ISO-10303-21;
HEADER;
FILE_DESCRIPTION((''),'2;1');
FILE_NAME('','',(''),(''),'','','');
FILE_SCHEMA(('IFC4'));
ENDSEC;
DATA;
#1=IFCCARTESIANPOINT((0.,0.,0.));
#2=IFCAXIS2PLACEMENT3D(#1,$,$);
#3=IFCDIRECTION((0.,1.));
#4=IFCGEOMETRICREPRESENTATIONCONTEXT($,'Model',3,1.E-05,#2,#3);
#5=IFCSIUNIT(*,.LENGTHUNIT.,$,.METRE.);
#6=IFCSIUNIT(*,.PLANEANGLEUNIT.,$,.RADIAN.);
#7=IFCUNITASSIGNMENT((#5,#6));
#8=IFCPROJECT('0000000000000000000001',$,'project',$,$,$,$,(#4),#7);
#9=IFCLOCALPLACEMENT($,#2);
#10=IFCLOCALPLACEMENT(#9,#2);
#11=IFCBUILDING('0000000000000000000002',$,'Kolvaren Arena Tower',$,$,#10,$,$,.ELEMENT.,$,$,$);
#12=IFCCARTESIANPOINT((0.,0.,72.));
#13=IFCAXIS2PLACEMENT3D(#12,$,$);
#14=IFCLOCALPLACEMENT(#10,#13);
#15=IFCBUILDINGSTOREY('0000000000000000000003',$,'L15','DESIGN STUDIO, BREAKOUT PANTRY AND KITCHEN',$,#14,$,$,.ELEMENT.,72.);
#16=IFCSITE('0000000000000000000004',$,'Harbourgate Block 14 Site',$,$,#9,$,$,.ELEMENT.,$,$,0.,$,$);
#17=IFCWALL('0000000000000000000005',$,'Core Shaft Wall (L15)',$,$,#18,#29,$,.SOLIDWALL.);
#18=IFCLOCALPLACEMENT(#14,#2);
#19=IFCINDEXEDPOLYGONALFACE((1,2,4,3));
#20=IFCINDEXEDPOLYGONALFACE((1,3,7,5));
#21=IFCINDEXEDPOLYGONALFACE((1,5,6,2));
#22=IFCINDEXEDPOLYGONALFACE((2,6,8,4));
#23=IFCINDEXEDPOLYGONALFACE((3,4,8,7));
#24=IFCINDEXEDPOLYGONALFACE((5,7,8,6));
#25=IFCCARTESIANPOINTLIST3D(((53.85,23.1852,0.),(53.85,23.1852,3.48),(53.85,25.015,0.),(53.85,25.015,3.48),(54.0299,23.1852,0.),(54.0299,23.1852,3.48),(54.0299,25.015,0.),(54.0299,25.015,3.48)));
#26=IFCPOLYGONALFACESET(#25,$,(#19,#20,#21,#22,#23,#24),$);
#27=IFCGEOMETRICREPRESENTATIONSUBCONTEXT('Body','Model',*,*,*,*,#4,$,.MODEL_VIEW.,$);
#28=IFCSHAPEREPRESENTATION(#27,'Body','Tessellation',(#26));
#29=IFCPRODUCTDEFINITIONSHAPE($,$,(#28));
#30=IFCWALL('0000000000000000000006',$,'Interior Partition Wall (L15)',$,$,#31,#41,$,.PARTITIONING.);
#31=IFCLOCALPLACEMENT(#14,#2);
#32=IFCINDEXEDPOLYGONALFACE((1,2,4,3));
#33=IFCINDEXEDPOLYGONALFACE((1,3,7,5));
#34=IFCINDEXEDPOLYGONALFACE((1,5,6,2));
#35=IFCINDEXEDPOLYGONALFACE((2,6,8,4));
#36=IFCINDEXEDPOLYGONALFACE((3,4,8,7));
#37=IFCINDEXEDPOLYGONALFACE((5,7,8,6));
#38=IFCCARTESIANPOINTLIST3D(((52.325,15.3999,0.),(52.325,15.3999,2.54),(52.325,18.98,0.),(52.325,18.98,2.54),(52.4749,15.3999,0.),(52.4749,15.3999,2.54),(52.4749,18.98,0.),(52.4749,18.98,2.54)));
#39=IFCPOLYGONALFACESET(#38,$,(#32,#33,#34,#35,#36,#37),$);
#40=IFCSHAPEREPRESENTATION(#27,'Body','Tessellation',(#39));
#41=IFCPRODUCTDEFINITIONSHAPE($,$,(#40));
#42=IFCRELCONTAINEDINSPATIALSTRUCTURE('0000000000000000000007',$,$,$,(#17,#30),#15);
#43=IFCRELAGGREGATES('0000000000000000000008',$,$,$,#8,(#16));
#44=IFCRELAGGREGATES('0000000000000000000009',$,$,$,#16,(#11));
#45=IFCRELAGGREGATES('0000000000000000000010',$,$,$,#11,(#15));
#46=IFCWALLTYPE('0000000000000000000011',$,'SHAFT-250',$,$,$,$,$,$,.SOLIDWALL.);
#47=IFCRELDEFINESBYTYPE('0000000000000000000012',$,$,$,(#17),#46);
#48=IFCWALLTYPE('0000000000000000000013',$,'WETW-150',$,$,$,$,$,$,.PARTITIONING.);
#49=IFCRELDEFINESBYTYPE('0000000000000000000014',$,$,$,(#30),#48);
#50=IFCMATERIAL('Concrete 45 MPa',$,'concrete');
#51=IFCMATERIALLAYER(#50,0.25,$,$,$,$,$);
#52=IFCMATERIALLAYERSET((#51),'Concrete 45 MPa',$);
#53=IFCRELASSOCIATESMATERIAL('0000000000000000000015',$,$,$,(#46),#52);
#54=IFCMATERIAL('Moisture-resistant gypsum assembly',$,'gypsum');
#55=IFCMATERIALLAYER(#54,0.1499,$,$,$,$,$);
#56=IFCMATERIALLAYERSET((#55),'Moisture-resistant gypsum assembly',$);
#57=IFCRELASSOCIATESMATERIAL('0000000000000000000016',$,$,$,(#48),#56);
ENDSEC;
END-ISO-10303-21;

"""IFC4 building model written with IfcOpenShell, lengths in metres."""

from ifc_helpers import new_model, si_unit, direction, frame, frame_2d, origin, place, context, subcontext, project, spatial, rectangle, extrude, material, layer, layer_set, type_object, element, save


model = new_model("IFC4")

# Units and contexts
model_context = context("Model", 3, precision=1e-05, world=origin(), true_north=direction((0.0, 1.0)))
body_context = subcontext(model_context, "Body", "Model", "MODEL_VIEW")
ifc_project = project(units=[si_unit("LENGTHUNIT", "METRE"), si_unit("PLANEANGLEUNIT", "RADIAN")], contexts=[model_context])

# Site, building, storey
site_placement = place(None, origin())
site = spatial("IfcSite", under=ifc_project, at=site_placement, Name="Harbourgate Block 14 Site", CompositionType="ELEMENT", RefElevation=0.0)
building_placement = place(site_placement, origin())
building = spatial("IfcBuilding", under=site, at=building_placement, Name="Kolvaren Arena Tower", CompositionType="ELEMENT")
storey_placement = place(building_placement, frame((0.0, 0.0, 72.0)))
storey = spatial("IfcBuildingStorey", under=building, at=storey_placement, Name="L15", Description="DESIGN STUDIO, BREAKOUT PANTRY AND KITCHEN", CompositionType="ELEMENT", Elevation=72.0)

# Shared definitions
ifc_material_1 = material(Name="Concrete 45 MPa", Category="concrete")
ifc_layer_1 = layer(ifc_material_1, 0.25)
ifc_layer_set_1 = layer_set([ifc_layer_1], Name="Concrete 45 MPa")
wall_type_1 = type_object("IfcWallType", Name="SHAFT-250", PredefinedType="SOLIDWALL", material=ifc_layer_set_1)

# Walls
wall_1_placement = place(storey_placement, frame((53.9399, 23.1851, 0.0), z_axis=(0.0, 0.0, 1.0), x_axis=(0.0, 1.0, 0.0)))
element("IfcWall", 1, at=wall_1_placement, inside=storey, type_object=wall_type_1, Name="Core Shaft Wall (L15)", PredefinedType="SOLIDWALL", context=body_context, shape_type="SweptSolid", body=[
    extrude(rectangle(XDim=1.8298, YDim=0.1799, at=frame_2d((0.915, 0.0))), origin(), (0.0, 0.0, 1.0), 3.48),
])
ifc_material_2 = material(Name="Moisture-resistant gypsum assembly", Category="gypsum")
ifc_layer_2 = layer(ifc_material_2, 0.1499)
ifc_layer_set_2 = layer_set([ifc_layer_2], Name="Moisture-resistant gypsum assembly")
wall_type_2 = type_object("IfcWallType", Name="WETW-150", PredefinedType="PARTITIONING", material=ifc_layer_set_2)
wall_2_placement = place(storey_placement, frame((52.3999, 15.3999, 0.0), z_axis=(0.0, 0.0, 1.0), x_axis=(0.0, 1.0, 0.0)))
element("IfcWall", 2, at=wall_2_placement, inside=storey, type_object=wall_type_2, Name="Interior Partition Wall (L15)", PredefinedType="PARTITIONING", context=body_context, shape_type="SweptSolid", body=[
    extrude(rectangle(XDim=3.5801, YDim=0.1499, at=frame_2d((1.79, 0.0))), origin(), (0.0, 0.0, 1.0), 2.54),
])

save(model, "model.ifc")
